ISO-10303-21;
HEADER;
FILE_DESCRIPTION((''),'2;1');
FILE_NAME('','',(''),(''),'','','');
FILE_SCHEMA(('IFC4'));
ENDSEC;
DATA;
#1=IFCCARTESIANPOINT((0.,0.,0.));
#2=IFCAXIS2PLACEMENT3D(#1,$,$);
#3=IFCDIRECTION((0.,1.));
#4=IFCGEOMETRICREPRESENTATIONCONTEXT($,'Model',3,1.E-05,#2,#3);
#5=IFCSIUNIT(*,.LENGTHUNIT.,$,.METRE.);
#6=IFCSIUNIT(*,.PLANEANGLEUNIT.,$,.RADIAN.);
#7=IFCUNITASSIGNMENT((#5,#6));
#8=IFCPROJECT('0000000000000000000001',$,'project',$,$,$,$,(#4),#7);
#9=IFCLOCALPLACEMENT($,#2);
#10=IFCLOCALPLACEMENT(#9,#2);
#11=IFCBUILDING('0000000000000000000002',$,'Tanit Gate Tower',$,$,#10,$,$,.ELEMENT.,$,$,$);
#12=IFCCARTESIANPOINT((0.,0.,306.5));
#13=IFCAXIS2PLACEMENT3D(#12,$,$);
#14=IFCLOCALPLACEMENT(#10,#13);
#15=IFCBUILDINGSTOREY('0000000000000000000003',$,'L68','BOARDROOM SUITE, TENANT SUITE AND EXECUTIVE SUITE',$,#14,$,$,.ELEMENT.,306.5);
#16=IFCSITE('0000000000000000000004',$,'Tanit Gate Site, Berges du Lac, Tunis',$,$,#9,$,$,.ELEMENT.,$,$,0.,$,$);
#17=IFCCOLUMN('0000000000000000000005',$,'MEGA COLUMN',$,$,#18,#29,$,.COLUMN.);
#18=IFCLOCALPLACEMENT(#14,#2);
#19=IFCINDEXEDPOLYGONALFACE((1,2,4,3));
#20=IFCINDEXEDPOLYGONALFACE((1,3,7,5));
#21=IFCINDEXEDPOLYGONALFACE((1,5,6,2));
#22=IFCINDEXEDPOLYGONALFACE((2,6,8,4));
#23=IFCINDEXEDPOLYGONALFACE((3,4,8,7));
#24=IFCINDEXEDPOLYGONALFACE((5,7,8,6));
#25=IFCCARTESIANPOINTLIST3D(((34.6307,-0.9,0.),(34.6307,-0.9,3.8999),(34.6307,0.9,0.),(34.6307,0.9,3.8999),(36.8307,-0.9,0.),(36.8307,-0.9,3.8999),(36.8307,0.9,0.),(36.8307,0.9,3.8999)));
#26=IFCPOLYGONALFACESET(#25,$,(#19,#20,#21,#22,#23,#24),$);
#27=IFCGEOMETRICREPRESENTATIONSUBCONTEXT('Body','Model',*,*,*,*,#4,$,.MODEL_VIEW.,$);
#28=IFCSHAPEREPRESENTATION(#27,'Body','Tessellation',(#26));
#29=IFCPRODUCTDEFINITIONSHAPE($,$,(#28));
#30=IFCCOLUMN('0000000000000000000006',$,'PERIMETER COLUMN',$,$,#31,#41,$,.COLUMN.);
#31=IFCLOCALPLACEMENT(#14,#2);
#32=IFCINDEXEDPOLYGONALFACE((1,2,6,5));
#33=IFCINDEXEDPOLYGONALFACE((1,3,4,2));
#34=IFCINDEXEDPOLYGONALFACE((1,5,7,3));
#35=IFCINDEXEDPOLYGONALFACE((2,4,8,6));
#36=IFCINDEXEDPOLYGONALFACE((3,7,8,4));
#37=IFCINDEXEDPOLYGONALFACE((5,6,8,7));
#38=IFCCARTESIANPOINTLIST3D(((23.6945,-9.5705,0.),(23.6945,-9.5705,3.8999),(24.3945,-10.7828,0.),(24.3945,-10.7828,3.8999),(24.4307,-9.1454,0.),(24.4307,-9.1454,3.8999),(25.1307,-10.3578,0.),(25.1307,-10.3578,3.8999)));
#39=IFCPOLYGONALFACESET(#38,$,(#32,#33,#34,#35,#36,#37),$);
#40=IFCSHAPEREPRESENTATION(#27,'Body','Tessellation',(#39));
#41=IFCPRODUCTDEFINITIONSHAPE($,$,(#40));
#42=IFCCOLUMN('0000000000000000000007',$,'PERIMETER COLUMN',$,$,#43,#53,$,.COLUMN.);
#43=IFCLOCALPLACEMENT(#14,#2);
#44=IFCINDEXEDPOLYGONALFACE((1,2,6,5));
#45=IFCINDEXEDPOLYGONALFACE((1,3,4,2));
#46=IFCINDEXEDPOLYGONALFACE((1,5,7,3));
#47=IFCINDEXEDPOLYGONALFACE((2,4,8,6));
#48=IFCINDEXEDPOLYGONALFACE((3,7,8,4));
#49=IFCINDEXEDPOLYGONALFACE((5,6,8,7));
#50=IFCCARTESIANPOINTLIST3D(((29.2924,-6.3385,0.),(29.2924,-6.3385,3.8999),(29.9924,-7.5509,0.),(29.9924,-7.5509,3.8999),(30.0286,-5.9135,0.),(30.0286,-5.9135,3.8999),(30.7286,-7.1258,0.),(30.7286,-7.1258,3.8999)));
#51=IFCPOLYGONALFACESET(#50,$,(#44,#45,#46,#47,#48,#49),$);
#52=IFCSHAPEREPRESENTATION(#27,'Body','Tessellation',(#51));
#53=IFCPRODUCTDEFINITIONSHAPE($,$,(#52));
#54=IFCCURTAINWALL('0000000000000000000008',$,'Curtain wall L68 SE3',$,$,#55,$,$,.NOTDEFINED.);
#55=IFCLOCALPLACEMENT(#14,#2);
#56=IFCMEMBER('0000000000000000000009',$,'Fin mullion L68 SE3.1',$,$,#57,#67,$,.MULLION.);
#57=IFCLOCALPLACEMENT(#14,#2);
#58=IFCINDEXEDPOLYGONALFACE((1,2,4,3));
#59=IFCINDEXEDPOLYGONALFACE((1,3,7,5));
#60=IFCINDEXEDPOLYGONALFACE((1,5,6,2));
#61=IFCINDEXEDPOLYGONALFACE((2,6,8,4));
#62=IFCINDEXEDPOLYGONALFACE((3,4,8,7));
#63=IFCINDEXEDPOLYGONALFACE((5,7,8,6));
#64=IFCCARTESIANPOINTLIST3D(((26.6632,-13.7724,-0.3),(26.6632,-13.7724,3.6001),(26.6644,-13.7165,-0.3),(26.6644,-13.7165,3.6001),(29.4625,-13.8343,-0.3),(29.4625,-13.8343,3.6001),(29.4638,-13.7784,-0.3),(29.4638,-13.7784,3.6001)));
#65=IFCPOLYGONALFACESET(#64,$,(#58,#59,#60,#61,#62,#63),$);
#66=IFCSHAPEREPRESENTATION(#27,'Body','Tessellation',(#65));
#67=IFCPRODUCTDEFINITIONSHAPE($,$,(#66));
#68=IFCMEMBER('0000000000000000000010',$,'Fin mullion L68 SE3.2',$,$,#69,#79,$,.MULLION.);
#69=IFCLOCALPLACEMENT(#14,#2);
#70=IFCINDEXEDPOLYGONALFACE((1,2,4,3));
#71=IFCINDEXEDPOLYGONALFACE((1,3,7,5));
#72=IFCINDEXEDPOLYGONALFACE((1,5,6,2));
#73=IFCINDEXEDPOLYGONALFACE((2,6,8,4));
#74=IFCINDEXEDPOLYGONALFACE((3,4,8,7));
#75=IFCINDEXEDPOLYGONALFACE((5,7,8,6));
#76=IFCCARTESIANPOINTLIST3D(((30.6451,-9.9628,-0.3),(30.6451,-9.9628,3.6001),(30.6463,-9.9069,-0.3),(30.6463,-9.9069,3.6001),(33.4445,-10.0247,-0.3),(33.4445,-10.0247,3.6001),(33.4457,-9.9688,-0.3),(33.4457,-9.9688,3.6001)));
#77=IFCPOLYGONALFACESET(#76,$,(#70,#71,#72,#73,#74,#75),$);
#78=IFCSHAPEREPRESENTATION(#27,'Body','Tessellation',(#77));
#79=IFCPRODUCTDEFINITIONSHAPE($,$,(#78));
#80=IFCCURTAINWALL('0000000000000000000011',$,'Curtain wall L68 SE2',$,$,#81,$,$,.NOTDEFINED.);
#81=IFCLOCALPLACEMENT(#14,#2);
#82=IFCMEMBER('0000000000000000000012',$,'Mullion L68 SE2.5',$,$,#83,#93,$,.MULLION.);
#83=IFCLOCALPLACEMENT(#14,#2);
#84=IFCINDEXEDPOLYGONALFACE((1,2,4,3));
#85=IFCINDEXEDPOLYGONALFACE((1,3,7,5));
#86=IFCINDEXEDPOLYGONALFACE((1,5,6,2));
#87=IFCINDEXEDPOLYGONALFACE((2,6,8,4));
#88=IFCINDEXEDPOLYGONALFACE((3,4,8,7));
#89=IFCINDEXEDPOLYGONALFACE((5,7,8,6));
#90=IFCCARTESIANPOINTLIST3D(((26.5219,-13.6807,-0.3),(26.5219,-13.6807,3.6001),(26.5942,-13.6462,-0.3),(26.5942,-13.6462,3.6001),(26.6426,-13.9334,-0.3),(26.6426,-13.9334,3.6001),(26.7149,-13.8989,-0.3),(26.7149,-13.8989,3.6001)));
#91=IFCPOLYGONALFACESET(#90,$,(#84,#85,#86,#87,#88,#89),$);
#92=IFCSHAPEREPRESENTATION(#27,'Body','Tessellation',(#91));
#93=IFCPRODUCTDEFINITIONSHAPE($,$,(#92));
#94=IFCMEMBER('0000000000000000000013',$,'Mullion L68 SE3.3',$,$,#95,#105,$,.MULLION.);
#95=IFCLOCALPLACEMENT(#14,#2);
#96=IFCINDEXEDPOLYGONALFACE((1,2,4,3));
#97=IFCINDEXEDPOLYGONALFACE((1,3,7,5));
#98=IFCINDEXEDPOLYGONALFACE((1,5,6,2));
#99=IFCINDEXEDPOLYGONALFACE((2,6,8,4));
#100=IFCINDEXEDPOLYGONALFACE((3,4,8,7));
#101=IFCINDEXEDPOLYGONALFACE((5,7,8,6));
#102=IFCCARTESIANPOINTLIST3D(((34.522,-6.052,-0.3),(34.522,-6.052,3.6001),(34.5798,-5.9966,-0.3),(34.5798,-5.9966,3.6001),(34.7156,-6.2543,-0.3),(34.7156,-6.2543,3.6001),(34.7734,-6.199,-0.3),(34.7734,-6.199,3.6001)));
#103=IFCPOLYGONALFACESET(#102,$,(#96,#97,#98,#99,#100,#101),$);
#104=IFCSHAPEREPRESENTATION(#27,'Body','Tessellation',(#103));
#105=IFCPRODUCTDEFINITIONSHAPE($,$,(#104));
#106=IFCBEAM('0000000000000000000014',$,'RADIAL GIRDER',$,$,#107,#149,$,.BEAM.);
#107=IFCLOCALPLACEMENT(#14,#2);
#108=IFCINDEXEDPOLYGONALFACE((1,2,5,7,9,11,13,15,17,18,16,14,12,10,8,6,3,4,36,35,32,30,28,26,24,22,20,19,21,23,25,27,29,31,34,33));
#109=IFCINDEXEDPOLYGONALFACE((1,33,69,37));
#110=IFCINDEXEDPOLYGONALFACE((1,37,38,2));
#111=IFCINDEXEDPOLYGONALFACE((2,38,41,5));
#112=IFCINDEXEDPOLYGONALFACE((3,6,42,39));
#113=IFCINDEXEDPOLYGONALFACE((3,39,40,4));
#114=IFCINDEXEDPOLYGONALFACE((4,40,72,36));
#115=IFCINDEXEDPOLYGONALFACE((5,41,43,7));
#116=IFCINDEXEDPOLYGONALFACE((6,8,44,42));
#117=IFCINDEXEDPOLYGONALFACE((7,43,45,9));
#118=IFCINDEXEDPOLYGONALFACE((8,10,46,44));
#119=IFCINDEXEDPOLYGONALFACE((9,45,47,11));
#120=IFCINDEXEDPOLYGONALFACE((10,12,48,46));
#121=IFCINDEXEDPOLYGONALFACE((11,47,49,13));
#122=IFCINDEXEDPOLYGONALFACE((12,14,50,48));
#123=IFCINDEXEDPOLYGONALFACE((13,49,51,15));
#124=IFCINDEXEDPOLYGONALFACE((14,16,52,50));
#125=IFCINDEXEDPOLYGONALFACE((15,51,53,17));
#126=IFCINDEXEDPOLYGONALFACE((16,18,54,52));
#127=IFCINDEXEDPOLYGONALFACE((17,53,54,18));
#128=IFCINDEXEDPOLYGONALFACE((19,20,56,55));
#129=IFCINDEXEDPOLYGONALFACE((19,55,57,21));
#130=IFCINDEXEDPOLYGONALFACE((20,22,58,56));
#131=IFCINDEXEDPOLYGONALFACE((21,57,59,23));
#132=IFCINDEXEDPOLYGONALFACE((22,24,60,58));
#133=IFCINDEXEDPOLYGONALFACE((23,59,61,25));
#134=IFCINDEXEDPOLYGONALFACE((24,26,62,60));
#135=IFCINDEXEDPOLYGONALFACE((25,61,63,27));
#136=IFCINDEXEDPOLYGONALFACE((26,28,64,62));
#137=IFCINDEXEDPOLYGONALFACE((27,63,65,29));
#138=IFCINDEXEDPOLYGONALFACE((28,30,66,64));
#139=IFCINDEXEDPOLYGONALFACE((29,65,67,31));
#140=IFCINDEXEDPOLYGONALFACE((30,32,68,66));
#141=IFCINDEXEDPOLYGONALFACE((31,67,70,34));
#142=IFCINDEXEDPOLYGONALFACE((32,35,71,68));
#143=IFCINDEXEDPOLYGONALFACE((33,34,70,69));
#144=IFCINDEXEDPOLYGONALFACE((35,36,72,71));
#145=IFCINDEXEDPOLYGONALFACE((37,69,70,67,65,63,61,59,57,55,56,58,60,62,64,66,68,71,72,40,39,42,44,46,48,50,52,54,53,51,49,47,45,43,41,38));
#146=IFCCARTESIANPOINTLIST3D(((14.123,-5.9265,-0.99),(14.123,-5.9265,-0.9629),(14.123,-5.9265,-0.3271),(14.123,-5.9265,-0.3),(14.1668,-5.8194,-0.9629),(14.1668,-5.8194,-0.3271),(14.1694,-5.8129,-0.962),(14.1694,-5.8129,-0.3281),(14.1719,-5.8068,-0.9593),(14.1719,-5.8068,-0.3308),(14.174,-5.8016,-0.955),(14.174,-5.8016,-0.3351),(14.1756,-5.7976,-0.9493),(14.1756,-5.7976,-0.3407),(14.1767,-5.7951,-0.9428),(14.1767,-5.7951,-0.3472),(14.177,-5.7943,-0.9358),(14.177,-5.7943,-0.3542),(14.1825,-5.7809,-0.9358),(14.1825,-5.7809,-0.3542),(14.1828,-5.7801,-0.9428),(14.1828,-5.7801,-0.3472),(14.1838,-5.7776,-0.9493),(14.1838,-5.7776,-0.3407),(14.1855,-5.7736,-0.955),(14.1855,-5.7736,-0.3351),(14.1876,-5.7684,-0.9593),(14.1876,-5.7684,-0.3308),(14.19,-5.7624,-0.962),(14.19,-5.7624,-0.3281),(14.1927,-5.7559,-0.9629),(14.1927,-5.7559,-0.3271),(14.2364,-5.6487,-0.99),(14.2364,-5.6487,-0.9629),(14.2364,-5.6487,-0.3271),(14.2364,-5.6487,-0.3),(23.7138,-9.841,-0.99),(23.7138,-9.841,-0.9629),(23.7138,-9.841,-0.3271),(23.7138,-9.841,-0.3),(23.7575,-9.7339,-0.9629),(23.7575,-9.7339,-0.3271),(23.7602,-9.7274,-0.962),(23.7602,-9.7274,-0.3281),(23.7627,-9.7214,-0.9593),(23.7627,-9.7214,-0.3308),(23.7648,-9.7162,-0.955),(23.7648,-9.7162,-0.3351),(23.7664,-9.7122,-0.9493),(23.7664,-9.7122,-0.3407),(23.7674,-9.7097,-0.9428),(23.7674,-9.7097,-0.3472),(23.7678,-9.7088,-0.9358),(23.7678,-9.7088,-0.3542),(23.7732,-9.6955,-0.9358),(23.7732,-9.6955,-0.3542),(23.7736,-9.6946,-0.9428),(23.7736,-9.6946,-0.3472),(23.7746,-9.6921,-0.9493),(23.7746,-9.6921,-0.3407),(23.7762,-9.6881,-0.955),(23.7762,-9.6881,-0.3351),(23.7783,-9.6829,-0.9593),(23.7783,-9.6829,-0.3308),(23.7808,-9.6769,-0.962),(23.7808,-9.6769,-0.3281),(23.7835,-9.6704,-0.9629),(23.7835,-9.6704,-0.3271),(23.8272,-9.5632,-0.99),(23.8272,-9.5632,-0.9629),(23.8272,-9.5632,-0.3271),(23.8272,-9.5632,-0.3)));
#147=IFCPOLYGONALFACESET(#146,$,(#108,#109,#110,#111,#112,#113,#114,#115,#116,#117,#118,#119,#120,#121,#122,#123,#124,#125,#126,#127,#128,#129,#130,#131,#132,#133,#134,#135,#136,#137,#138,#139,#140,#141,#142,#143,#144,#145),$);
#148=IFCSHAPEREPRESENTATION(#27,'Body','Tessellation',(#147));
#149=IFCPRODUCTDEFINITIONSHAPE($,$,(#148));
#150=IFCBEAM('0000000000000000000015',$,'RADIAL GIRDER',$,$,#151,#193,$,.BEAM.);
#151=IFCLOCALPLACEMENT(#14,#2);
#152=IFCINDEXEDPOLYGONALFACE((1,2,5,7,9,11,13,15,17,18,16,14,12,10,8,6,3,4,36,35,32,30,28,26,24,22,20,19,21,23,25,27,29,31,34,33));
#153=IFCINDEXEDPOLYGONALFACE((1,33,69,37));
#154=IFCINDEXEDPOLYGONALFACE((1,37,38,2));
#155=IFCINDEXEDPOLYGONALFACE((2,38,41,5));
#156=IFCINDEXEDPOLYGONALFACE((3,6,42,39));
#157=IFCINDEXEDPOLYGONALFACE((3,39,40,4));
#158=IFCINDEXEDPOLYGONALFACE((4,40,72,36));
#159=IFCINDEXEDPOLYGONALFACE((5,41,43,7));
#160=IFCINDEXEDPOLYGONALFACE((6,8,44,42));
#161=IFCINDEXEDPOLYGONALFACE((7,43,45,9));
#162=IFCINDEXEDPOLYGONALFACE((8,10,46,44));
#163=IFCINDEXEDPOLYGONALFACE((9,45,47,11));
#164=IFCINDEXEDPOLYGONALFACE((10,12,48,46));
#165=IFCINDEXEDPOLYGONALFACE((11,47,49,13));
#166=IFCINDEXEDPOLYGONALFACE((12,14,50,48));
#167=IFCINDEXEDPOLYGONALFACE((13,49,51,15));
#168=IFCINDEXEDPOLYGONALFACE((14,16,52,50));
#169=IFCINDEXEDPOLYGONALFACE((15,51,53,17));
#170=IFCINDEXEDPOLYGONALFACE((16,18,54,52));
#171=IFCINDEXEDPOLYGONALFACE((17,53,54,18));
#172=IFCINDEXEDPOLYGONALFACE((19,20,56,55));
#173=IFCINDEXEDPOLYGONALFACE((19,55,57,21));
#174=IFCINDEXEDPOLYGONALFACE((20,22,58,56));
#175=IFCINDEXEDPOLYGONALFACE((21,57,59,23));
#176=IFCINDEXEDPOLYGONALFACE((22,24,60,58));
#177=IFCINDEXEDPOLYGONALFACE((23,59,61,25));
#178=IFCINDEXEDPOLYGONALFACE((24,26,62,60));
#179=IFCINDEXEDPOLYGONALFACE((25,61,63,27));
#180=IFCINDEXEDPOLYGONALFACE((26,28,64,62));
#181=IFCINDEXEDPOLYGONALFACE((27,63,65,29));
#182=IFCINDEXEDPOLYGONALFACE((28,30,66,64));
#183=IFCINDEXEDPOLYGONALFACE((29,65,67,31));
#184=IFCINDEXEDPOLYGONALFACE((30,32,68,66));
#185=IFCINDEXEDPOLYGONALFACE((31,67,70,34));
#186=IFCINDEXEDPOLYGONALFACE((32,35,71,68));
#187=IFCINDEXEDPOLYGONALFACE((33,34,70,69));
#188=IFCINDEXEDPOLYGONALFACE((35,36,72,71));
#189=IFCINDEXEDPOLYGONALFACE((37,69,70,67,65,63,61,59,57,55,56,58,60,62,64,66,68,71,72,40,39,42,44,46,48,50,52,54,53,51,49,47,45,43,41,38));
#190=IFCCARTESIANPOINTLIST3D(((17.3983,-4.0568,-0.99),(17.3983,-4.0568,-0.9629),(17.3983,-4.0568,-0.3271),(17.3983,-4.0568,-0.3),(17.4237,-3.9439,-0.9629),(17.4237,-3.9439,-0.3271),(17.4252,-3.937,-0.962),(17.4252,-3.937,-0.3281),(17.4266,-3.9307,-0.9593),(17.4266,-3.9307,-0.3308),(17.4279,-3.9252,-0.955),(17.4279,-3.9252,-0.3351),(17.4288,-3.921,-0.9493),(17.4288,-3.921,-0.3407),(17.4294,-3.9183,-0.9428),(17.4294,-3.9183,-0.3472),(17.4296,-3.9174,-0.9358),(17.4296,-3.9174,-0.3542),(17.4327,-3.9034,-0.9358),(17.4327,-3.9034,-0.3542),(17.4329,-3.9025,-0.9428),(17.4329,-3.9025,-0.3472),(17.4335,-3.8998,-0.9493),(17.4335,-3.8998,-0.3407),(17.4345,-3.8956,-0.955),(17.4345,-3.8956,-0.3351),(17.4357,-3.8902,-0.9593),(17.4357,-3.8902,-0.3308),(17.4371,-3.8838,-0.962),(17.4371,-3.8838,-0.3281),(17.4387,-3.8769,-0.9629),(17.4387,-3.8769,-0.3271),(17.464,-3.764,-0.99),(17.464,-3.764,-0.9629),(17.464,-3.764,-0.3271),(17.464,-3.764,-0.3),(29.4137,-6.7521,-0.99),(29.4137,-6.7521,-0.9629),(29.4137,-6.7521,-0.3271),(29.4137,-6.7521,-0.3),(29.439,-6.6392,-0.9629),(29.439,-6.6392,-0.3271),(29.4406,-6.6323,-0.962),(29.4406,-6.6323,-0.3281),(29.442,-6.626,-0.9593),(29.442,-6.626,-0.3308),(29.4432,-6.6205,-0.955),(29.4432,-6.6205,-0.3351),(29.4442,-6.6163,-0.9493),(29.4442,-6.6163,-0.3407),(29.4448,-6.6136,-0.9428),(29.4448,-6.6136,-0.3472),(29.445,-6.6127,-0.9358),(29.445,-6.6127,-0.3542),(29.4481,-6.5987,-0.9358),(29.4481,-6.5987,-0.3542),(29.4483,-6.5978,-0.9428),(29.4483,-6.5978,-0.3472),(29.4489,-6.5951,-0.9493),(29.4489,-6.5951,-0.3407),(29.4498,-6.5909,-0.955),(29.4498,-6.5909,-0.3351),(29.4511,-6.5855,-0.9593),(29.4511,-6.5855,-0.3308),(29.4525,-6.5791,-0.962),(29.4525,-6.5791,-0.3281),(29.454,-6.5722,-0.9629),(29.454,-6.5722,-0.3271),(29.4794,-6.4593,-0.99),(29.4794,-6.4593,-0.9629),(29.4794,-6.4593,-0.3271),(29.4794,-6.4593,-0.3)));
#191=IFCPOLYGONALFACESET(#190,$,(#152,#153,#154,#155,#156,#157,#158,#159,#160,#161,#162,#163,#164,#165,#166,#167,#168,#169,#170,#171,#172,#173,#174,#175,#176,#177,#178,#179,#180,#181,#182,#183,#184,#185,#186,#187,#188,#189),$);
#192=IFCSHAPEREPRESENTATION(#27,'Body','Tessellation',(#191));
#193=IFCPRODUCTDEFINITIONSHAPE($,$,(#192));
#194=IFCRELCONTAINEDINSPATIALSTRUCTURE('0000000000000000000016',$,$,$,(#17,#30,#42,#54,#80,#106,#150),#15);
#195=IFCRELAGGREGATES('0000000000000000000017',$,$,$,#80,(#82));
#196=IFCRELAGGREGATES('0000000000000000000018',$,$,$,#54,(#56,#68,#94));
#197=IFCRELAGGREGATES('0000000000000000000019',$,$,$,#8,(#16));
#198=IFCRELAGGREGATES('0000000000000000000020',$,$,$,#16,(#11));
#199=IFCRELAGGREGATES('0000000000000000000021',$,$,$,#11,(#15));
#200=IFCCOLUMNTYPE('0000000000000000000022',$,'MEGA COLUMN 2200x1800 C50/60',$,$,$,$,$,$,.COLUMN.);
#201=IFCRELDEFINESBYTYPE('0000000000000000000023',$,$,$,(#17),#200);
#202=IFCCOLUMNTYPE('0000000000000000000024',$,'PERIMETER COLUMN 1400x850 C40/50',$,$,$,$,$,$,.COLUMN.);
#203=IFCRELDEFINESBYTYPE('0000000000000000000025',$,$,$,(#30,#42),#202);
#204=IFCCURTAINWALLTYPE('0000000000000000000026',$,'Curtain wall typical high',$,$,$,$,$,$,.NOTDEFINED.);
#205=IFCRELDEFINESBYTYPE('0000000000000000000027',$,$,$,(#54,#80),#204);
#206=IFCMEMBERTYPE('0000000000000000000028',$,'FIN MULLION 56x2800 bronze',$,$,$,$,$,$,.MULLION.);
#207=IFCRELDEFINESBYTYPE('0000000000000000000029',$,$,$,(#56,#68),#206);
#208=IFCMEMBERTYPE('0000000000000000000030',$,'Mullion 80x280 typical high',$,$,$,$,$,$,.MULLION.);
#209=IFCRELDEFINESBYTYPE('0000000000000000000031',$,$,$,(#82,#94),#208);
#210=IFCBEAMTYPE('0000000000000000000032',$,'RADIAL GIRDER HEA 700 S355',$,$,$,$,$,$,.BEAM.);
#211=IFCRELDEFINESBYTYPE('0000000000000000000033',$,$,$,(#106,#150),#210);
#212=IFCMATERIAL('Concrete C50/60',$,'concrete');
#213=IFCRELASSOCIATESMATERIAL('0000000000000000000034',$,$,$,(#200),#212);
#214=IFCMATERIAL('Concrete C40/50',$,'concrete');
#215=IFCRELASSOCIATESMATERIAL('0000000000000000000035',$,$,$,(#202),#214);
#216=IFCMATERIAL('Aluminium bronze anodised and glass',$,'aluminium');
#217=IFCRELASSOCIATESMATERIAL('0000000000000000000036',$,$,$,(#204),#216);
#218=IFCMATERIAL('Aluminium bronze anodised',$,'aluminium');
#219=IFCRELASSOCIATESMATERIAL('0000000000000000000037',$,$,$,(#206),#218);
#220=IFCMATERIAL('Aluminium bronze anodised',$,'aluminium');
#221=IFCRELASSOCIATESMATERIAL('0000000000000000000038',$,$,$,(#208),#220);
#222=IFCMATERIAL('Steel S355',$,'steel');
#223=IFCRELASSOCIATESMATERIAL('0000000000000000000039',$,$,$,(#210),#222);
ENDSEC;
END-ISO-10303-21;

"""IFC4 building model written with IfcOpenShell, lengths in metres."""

from ifc_helpers import new_model, si_unit, direction, frame, origin, origin_2d, place, context, subcontext, project, spatial, rectangle, i_section, extrude, material, material_profile, profile_set, type_object, element, aggregate, save


model = new_model("IFC4")

# Units and contexts
model_context = context("Model", 3, precision=1e-05, world=origin(), true_north=direction((0.0, 1.0)))
body_context = subcontext(model_context, "Body", "Model", "MODEL_VIEW")
ifc_project = project(units=[si_unit("LENGTHUNIT", "METRE"), si_unit("PLANEANGLEUNIT", "RADIAN")], contexts=[model_context])

# Site, building, storey
site_placement = place(None, origin())
site = spatial("IfcSite", under=ifc_project, at=site_placement, Name="Tanit Gate Site, Berges du Lac, Tunis", CompositionType="ELEMENT", RefElevation=0.0)
building_placement = place(site_placement, origin())
building = spatial("IfcBuilding", under=site, at=building_placement, Name="Tanit Gate Tower", CompositionType="ELEMENT")
storey_placement = place(building_placement, frame((0.0, 0.0, 306.5)))
storey = spatial("IfcBuildingStorey", under=building, at=storey_placement, Name="L68", Description="BOARDROOM SUITE, TENANT SUITE AND EXECUTIVE SUITE", CompositionType="ELEMENT", Elevation=306.5)

# Columns
ifc_material_1 = material(Name="Concrete C50/60", Category="concrete")
ifc_material_profile_1 = material_profile(ifc_material_1, rectangle(XDim=2.2, YDim=1.8, at=origin_2d()), Name="RC 2200x1800")
ifc_profile_set_1 = profile_set([ifc_material_profile_1], Name="Concrete C50/60")
column_type_1 = type_object("IfcColumnType", Name="MEGA COLUMN 2200x1800 C50/60", PredefinedType="COLUMN", material=ifc_profile_set_1)
column_placement = place(storey_placement, frame((35.7307, 0.0, 0.0), z_axis=(0.0, 0.0, 1.0), x_axis=(1.0, 0.0, 0.0)))
element("IfcColumn", 1, at=column_placement, inside=storey, type_object=column_type_1, Name="MEGA COLUMN", PredefinedType="COLUMN", context=body_context, shape_type="SweptSolid", body=[
    extrude(rectangle(XDim=2.2, YDim=1.8, at=origin_2d()), origin(), (0.0, 0.0, 1.0), 3.8999),
])
ifc_material_2 = material(Name="Concrete C40/50", Category="concrete")
ifc_material_profile_2 = material_profile(ifc_material_2, rectangle(XDim=1.3999, YDim=0.8501, at=origin_2d()), Name="RC 1400x850")
ifc_profile_set_2 = profile_set([ifc_material_profile_2], Name="Concrete C40/50")
column_type_2 = type_object("IfcColumnType", Name="PERIMETER COLUMN 1400x850 C40/50", PredefinedType="COLUMN", material=ifc_profile_set_2)
for number, where, z_axis, x_axis, name in (
    (2, (24.4126, -9.9641, 0.0), (0.0, 0.0, 1.0), (0.5, -0.866025, 0.0), "PERIMETER COLUMN"),
    (3, (30.0105, -6.7322, 0.0), (0.0, 0.0, 1.0), (0.5, -0.866025, 0.0), "PERIMETER COLUMN"),
):
    element("IfcColumn", number, at=place(storey_placement, frame(where, z_axis=z_axis, x_axis=x_axis)), inside=storey, type_object=column_type_2, Name=name, PredefinedType="COLUMN", context=body_context, shape_type="SweptSolid", body=[
        extrude(rectangle(XDim=1.3999, YDim=0.8501, at=origin_2d()), origin(), (0.0, 0.0, 1.0), 3.8999),
    ])

# Curtain wall, members
ifc_material_3 = material(Name="Aluminium bronze anodised and glass", Category="aluminium")
curtain_wall_type = type_object("IfcCurtainWallType", Name="Curtain wall typical high", PredefinedType="NOTDEFINED", material=ifc_material_3)
curtain_wall_1_placement = place(storey_placement, origin())
curtain_wall_1 = element("IfcCurtainWall", 4, at=curtain_wall_1_placement, inside=storey, type_object=curtain_wall_type, Name="Curtain wall L68 SE3", PredefinedType="NOTDEFINED")
ifc_material_4 = material(Name="Aluminium bronze anodised", Category="aluminium")
ifc_material_profile_3 = material_profile(ifc_material_4, rectangle(XDim=2.8, YDim=0.0559, at=origin_2d()), Name="56x2800 bronze fin mullion")
ifc_profile_set_3 = profile_set([ifc_material_profile_3], Name="Aluminium bronze anodised")
member_type_1 = type_object("IfcMemberType", Name="FIN MULLION 56x2800 bronze", PredefinedType="MULLION", material=ifc_profile_set_3)
member_1_placement = place(storey_placement, frame((28.0635, -13.7754, -0.3), z_axis=(0.0, 0.0, 1.0), x_axis=(-0.999755, 0.022122, 0.0)))
member_1 = element("IfcMember", 5, at=member_1_placement, type_object=member_type_1, Name="Fin mullion L68 SE3.1", PredefinedType="MULLION", context=body_context, shape_type="SweptSolid", body=[
    extrude(rectangle(XDim=2.8, YDim=0.0559, at=origin_2d()), origin(), (0.0, 0.0, 1.0), 3.9001),
])
member_2_placement = place(storey_placement, frame((32.0454, -9.9658, -0.3), z_axis=(0.0, 0.0, 1.0), x_axis=(-0.999755, 0.022122, 0.0)))
member_2 = element("IfcMember", 6, at=member_2_placement, type_object=member_type_1, Name="Fin mullion L68 SE3.2", PredefinedType="MULLION", context=body_context, shape_type="SweptSolid", body=[
    extrude(rectangle(XDim=2.8, YDim=0.0559, at=origin_2d()), origin(), (0.0, 0.0, 1.0), 3.9001),
])

# Curtain wall, member
curtain_wall_2_placement = place(storey_placement, origin())
curtain_wall_2 = element("IfcCurtainWall", 7, at=curtain_wall_2_placement, inside=storey, type_object=curtain_wall_type, Name="Curtain wall L68 SE2", PredefinedType="NOTDEFINED")
ifc_material_5 = material(Name="Aluminium bronze anodised", Category="aluminium")
ifc_material_profile_4 = material_profile(ifc_material_5, rectangle(XDim=0.28, YDim=0.0801, at=origin_2d()), Name="80x280 bronze mullion")
ifc_profile_set_4 = profile_set([ifc_material_profile_4], Name="Aluminium bronze anodised")
member_type_2 = type_object("IfcMemberType", Name="Mullion 80x280 typical high", PredefinedType="MULLION", material=ifc_profile_set_4)
member_3_placement = place(storey_placement, frame((26.6184, -13.7898, -0.3), z_axis=(0.0, 0.0, 1.0), x_axis=(-0.431073, 0.902317, 0.0)))
member_3 = element("IfcMember", 8, at=member_3_placement, type_object=member_type_2, Name="Mullion L68 SE2.5", PredefinedType="MULLION", context=body_context, shape_type="SweptSolid", body=[
    extrude(rectangle(XDim=0.28, YDim=0.0801, at=origin_2d()), origin(), (0.0, 0.0, 1.0), 3.9001),
])

# Member
member_4_placement = place(storey_placement, frame((34.6477, -6.1255, -0.3), z_axis=(0.0, 0.0, 1.0), x_axis=(-0.691291, 0.722577, 0.0)))
member_4 = element("IfcMember", 9, at=member_4_placement, type_object=member_type_2, Name="Mullion L68 SE3.3", PredefinedType="MULLION", context=body_context, shape_type="SweptSolid", body=[
    extrude(rectangle(XDim=0.28, YDim=0.0801, at=origin_2d()), origin(), (0.0, 0.0, 1.0), 3.9001),
])

# Beams
ifc_material_6 = material(Name="Steel S355", Category="steel")
ifc_material_profile_5 = material_profile(ifc_material_6, i_section(OverallWidth=0.3, OverallDepth=0.6899, WebThickness=0.0144, FlangeThickness=0.0271, FilletRadius=0.0271, at=origin_2d()), Name="HEA 700")
ifc_profile_set_5 = profile_set([ifc_material_profile_5], Name="Steel S355")
beam_type = type_object("IfcBeamType", Name="RADIAL GIRDER HEA 700 S355", PredefinedType="BEAM", material=ifc_profile_set_5)
beam_1_placement = place(storey_placement, frame((23.7705, -9.7021, -0.645), z_axis=(-0.92585, 0.377891, 0.0), x_axis=(-0.377891, -0.92585, 0.0)))
element("IfcBeam", 10, at=beam_1_placement, inside=storey, type_object=beam_type, Name="RADIAL GIRDER", PredefinedType="BEAM", context=body_context, shape_type="SweptSolid", body=[
    extrude(i_section(OverallWidth=0.3, OverallDepth=0.6899, WebThickness=0.0144, FlangeThickness=0.0271, FilletRadius=0.0271, at=origin_2d()), origin(), (0.0, 0.0, 1.0), 10.3589),
])
beam_2_placement = place(storey_placement, frame((29.4465, -6.6057, -0.645), z_axis=(-0.975751, 0.218882, 0.0), x_axis=(-0.218882, -0.975751, 0.0)))
element("IfcBeam", 11, at=beam_2_placement, inside=storey, type_object=beam_type, Name="RADIAL GIRDER", PredefinedType="BEAM", context=body_context, shape_type="SweptSolid", body=[
    extrude(i_section(OverallWidth=0.3, OverallDepth=0.6899, WebThickness=0.0144, FlangeThickness=0.0271, FilletRadius=0.0271, at=origin_2d()), origin(), (0.0, 0.0, 1.0), 12.314),
])

aggregate(curtain_wall_2, [member_3])
aggregate(curtain_wall_1, [member_1, member_2, member_4])

save(model, "model.ifc")
